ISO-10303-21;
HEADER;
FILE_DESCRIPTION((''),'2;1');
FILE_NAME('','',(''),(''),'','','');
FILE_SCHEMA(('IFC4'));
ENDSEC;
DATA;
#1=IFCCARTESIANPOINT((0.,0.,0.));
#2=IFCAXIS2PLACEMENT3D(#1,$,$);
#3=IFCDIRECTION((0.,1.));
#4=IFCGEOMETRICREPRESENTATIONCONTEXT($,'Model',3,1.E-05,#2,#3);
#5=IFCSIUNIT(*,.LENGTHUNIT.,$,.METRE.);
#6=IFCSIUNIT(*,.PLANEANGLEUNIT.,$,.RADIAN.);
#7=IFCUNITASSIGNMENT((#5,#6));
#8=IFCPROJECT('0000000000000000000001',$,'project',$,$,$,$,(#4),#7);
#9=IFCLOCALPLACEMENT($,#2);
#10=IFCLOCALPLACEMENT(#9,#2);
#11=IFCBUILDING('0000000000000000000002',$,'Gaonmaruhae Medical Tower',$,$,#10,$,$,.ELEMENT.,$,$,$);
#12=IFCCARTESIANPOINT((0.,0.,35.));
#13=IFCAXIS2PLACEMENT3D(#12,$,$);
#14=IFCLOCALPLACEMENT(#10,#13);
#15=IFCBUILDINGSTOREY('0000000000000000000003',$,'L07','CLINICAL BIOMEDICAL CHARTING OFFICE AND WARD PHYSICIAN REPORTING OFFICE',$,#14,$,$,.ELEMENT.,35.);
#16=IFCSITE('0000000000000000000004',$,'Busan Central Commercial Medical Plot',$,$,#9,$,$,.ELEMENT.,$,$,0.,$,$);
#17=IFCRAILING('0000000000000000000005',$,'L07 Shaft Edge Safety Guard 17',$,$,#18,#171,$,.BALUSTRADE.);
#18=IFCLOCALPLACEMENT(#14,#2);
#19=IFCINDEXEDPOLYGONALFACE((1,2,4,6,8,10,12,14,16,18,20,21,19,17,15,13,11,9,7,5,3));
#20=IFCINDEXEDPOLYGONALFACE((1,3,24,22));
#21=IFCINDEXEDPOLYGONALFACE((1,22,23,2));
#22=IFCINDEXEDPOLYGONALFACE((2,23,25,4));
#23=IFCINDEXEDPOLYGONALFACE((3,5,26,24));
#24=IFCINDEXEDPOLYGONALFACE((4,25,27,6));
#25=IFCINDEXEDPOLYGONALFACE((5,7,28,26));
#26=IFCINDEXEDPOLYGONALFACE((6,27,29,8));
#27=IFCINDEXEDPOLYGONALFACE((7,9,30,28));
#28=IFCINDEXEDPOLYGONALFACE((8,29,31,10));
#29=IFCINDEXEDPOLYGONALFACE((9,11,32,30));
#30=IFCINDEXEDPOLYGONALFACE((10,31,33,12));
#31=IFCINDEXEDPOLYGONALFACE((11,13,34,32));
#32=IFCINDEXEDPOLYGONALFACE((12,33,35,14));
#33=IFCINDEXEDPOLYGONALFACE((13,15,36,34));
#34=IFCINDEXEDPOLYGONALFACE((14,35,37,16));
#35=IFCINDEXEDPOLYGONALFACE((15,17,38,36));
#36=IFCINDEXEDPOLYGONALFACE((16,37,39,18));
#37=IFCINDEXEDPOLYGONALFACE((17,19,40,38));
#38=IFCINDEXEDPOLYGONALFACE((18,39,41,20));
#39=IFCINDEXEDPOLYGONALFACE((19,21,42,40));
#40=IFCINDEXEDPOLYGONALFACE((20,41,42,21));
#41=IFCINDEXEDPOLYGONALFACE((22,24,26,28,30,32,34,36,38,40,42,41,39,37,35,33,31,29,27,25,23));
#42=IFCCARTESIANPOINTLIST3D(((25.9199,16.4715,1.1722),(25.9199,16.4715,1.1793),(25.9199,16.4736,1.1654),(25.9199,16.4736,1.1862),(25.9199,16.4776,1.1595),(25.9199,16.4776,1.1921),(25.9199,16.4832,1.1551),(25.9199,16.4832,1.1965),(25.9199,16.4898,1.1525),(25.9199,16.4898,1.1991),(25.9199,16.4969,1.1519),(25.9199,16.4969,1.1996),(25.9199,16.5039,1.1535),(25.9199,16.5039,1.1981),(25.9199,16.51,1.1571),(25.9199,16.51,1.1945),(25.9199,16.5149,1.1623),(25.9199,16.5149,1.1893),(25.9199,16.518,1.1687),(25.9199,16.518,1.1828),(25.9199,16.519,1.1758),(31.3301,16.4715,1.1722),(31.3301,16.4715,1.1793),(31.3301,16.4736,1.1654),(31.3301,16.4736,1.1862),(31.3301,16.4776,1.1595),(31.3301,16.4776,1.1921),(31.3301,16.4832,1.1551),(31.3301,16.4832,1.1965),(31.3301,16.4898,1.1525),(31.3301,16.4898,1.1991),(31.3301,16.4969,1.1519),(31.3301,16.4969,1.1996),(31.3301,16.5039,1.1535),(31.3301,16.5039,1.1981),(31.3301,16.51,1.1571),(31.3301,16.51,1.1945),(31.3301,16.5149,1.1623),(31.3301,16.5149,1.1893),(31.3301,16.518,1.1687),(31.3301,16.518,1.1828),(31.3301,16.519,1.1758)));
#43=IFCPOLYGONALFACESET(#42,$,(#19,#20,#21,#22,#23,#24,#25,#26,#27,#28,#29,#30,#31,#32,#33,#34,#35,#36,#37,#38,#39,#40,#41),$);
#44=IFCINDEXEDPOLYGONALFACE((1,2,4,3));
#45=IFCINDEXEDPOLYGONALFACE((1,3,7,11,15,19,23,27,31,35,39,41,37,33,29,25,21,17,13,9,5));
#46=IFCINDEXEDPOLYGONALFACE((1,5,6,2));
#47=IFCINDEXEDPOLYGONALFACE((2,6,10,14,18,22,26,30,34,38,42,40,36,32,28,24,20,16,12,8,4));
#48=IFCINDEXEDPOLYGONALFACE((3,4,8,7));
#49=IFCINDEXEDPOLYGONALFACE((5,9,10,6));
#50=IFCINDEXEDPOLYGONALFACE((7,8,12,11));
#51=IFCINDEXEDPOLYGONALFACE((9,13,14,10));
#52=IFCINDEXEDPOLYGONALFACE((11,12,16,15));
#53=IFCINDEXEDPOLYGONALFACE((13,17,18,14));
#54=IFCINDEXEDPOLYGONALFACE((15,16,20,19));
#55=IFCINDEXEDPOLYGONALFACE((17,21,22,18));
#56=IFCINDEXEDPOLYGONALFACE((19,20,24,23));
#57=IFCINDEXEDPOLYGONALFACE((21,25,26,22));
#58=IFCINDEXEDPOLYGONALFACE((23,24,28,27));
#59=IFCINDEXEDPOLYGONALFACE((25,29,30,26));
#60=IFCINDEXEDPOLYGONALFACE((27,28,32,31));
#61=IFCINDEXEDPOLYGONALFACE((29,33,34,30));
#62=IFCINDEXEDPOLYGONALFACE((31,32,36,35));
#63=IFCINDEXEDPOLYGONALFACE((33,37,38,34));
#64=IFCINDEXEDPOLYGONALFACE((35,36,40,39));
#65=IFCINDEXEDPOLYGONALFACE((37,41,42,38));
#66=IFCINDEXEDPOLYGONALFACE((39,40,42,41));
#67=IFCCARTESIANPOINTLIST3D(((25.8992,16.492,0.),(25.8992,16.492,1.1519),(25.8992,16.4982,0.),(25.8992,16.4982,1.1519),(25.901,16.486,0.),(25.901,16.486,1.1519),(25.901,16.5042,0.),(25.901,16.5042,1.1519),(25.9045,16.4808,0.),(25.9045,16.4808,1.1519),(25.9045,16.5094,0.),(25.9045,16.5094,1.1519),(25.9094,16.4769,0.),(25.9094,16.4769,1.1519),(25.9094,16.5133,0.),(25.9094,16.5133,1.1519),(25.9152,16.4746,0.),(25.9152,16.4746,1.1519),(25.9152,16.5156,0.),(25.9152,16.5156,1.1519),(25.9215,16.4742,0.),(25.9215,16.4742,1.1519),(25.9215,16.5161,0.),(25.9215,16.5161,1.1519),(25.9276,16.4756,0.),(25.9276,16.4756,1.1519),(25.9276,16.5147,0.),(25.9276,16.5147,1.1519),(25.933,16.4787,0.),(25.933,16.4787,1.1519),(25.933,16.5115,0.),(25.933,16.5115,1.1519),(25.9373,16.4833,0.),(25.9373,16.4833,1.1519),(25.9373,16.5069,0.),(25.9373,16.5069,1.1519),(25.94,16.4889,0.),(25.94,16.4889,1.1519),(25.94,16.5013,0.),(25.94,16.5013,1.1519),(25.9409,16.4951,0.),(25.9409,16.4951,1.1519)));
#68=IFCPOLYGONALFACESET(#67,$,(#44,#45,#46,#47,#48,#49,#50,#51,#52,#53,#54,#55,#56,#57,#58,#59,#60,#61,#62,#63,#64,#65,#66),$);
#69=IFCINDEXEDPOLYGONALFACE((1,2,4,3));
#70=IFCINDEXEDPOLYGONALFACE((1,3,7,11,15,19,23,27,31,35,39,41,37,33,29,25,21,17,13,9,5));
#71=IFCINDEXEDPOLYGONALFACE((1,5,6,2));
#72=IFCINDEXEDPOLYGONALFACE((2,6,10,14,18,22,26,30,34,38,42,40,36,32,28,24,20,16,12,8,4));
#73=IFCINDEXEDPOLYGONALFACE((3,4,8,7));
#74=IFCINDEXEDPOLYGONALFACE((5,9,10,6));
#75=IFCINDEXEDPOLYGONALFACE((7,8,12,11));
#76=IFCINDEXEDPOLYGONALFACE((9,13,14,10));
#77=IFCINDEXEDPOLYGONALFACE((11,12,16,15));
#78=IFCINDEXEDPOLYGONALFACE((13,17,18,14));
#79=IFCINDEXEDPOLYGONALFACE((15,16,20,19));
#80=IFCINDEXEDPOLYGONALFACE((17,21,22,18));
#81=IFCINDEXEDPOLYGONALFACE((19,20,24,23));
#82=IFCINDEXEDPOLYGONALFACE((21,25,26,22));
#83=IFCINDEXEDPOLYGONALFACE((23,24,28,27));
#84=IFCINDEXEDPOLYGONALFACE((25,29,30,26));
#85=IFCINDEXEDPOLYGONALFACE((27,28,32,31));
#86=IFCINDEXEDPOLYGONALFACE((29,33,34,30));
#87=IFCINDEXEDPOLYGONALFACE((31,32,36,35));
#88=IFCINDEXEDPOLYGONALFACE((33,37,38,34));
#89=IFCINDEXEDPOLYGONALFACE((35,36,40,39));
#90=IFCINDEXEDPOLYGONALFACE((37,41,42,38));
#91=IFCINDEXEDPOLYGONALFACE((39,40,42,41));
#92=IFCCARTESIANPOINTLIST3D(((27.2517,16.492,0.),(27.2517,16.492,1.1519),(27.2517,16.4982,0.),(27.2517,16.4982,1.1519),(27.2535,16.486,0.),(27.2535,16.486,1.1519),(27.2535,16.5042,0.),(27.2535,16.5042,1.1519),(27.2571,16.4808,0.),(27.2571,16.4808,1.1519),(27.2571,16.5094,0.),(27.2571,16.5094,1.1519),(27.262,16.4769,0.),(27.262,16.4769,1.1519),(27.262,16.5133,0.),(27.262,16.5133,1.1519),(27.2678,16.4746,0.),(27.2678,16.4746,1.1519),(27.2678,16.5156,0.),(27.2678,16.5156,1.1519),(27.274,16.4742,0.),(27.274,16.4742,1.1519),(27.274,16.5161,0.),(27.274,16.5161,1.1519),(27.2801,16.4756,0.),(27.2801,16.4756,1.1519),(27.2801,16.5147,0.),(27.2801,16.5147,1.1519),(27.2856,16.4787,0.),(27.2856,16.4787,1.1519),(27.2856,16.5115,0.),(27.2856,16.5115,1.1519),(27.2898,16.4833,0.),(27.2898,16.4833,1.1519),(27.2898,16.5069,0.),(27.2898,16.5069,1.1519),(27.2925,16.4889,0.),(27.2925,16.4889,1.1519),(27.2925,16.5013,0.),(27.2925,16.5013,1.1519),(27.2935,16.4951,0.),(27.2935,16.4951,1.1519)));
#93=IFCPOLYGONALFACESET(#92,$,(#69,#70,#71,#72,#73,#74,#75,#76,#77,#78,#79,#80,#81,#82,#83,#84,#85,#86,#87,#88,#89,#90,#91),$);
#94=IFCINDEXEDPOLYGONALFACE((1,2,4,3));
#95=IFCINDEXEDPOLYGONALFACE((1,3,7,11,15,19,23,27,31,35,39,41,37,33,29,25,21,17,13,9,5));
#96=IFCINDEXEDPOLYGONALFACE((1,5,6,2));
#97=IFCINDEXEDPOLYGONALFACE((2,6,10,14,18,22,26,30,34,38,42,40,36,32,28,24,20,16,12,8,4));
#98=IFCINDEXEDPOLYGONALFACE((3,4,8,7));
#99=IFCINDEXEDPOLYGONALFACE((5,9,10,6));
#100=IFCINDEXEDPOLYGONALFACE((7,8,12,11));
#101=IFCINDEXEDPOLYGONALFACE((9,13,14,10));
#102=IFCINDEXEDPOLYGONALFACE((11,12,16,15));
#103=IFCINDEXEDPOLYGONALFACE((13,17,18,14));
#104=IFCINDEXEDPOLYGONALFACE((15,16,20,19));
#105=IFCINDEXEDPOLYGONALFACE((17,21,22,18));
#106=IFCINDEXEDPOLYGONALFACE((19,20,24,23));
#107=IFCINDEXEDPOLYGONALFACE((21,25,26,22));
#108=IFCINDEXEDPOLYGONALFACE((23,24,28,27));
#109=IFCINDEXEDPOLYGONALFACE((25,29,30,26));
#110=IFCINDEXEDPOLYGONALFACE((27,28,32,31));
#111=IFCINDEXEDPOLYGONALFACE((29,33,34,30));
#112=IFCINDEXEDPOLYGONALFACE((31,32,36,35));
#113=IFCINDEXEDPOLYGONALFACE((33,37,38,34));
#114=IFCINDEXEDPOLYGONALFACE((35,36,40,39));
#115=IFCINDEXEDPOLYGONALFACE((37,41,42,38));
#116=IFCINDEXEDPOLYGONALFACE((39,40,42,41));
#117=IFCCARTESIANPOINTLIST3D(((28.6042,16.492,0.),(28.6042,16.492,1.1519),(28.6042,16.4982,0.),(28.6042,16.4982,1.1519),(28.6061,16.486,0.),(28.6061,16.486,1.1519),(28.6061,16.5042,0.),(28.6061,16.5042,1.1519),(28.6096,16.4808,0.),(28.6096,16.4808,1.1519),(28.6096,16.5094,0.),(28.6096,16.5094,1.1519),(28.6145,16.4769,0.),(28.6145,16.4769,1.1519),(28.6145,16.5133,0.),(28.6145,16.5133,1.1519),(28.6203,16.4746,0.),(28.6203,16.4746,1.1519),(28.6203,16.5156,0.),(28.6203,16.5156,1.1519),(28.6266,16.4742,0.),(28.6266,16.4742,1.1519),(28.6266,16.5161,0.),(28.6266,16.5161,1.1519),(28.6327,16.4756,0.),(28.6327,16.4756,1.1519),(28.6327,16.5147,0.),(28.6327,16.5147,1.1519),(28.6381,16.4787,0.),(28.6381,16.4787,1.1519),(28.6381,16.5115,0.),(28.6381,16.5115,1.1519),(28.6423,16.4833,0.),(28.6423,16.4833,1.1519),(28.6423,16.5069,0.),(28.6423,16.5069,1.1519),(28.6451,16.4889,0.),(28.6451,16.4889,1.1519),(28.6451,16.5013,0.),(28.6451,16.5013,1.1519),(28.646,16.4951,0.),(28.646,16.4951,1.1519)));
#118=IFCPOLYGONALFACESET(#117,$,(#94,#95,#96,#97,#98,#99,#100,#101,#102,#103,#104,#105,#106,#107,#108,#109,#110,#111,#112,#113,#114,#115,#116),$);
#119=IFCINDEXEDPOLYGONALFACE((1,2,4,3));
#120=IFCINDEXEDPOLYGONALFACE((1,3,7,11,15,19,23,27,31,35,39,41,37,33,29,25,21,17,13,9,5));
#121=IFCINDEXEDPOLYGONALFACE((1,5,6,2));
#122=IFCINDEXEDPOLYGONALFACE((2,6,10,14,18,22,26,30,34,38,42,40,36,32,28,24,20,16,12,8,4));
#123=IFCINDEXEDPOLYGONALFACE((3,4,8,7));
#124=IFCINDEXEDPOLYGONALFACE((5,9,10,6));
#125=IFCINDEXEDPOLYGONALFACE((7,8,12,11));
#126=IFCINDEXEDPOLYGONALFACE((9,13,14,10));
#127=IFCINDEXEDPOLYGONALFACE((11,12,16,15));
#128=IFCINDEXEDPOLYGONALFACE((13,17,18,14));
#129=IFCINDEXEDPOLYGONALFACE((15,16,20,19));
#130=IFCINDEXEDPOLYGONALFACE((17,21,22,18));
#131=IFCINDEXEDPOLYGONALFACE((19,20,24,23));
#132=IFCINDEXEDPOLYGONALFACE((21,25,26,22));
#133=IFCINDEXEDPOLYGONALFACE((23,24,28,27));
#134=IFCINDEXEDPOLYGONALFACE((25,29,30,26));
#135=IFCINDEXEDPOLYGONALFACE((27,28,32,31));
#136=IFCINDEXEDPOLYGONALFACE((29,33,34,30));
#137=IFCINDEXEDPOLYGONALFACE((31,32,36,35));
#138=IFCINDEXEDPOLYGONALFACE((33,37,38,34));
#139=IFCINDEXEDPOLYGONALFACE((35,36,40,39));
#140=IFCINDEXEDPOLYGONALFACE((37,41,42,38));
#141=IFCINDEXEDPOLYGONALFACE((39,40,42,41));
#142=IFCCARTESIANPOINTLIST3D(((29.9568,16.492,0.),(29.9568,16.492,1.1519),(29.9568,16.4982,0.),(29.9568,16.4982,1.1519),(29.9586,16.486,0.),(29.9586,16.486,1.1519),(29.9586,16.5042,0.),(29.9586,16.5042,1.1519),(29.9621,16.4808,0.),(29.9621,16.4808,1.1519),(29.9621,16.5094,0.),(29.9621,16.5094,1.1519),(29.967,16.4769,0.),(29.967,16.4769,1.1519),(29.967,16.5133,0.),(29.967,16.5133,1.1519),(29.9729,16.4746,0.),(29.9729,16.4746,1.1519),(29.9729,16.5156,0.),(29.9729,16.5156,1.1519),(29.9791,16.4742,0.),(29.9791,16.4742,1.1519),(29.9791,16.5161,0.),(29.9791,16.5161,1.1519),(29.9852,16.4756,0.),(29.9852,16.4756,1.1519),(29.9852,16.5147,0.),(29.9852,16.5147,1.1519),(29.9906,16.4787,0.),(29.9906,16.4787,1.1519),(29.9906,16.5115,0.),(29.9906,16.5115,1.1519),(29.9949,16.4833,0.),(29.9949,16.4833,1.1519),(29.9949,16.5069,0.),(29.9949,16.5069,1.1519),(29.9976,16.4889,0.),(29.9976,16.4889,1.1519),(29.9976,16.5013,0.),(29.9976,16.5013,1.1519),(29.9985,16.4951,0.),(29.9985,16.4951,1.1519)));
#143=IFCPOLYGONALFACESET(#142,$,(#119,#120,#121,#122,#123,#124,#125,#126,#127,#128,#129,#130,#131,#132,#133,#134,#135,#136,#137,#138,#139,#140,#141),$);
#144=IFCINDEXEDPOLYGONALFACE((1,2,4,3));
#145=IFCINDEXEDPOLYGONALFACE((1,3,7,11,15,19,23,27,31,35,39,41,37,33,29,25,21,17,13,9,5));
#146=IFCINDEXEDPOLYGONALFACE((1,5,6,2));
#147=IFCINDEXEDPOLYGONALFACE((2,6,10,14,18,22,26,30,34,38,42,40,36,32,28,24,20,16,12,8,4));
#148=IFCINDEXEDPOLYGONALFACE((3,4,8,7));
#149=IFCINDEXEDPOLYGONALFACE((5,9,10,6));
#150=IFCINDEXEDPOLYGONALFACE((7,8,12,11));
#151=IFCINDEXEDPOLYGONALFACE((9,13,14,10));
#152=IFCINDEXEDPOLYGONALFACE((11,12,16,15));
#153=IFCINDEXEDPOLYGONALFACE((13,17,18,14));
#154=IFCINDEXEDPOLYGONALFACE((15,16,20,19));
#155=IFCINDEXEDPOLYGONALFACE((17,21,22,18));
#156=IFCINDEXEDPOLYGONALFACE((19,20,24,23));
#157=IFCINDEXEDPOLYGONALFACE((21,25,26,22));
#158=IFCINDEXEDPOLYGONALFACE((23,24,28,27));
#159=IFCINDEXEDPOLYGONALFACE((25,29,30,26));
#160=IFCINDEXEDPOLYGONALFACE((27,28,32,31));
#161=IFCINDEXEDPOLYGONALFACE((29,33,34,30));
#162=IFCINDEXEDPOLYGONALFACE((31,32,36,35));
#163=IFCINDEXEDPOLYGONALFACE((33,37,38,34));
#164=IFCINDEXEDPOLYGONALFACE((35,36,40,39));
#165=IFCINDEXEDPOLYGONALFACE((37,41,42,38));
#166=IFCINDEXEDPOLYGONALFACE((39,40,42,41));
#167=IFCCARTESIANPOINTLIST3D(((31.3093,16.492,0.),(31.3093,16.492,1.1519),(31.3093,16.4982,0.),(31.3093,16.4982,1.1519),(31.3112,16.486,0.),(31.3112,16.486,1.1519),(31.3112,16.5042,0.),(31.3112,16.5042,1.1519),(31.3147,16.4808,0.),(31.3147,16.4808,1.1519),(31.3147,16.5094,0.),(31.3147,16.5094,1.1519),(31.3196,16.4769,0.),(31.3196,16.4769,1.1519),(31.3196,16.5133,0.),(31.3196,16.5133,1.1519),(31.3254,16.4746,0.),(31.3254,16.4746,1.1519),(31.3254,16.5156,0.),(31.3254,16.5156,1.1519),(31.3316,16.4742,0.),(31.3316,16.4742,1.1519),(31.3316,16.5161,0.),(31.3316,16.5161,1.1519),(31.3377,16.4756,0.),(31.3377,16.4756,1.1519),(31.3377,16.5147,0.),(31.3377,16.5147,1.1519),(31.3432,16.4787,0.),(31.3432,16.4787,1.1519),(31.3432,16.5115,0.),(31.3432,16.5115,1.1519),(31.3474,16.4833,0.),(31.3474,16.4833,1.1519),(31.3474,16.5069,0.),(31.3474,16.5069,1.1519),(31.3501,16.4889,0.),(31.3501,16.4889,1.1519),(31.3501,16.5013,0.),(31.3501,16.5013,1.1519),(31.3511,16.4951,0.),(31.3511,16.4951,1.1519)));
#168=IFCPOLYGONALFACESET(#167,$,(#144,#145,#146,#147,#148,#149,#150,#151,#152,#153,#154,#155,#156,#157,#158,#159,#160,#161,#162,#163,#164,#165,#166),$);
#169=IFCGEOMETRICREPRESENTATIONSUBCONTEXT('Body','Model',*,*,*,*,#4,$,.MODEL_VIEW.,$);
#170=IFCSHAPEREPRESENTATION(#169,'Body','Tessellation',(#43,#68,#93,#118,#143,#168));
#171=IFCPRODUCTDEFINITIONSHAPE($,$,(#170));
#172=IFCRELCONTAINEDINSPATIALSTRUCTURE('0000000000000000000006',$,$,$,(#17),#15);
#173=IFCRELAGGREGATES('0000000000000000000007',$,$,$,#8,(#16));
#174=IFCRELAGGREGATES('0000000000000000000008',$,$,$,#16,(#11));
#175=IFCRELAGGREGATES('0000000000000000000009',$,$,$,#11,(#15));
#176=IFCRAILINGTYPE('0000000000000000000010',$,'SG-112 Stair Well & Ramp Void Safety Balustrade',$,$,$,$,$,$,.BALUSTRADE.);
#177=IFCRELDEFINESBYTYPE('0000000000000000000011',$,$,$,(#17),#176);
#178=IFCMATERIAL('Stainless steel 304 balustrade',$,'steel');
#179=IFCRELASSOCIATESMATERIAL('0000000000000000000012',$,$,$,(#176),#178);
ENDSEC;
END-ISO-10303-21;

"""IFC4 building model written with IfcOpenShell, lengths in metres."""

from ifc_helpers import new_model, si_unit, direction, frame, origin, origin_2d, place, context, subcontext, project, spatial, circle, extrude, material, type_object, element, save


model = new_model("IFC4")

# Units and contexts
model_context = context("Model", 3, precision=1e-05, world=origin(), true_north=direction((0.0, 1.0)))
body_context = subcontext(model_context, "Body", "Model", "MODEL_VIEW")
ifc_project = project(units=[si_unit("LENGTHUNIT", "METRE"), si_unit("PLANEANGLEUNIT", "RADIAN")], contexts=[model_context])

# Site, building, storey
site_placement = place(None, origin())
site = spatial("IfcSite", under=ifc_project, at=site_placement, Name="Busan Central Commercial Medical Plot", CompositionType="ELEMENT", RefElevation=0.0)
building_placement = place(site_placement, origin())
building = spatial("IfcBuilding", under=site, at=building_placement, Name="Gaonmaruhae Medical Tower", CompositionType="ELEMENT")
storey_placement = place(building_placement, frame((0.0, 0.0, 35.0)))
storey = spatial("IfcBuildingStorey", under=building, at=storey_placement, Name="L07", Description="CLINICAL BIOMEDICAL CHARTING OFFICE AND WARD PHYSICIAN REPORTING OFFICE", CompositionType="ELEMENT", Elevation=35.0)

# Railing
ifc_material_1 = material(Name="Stainless steel 304 balustrade", Category="steel")
railing_type = type_object("IfcRailingType", Name="SG-112 Stair Well & Ramp Void Safety Balustrade", PredefinedType="BALUSTRADE", material=ifc_material_1)
railing_1_placement = place(storey_placement, frame((25.9199, 16.4951, 0.0)))
element("IfcRailing", 1, at=railing_1_placement, inside=storey, type_object=railing_type, Name="L07 Shaft Edge Safety Guard 17", PredefinedType="BALUSTRADE", context=body_context, shape_type="SweptSolid", body=[
    extrude(circle(Radius=0.0239, at=origin_2d()), frame((0.0, 0.0, 1.1758), z_axis=(1.0, 0.0, 0.0), x_axis=(0.0, 1.0, 0.0)), (0.0, 0.0, 1.0), 5.4102),
    extrude(circle(Radius=0.021, at=origin_2d()), origin(), (0.0, 0.0, 1.0), 1.1519),
    extrude(circle(Radius=0.021, at=origin_2d()), frame((1.3525, 0.0, 0.0)), (0.0, 0.0, 1.0), 1.1519),
    extrude(circle(Radius=0.021, at=origin_2d()), frame((2.7051, 0.0, 0.0)), (0.0, 0.0, 1.0), 1.1519),
    extrude(circle(Radius=0.021, at=origin_2d()), frame((4.0576, 0.0, 0.0)), (0.0, 0.0, 1.0), 1.1519),
    extrude(circle(Radius=0.021, at=origin_2d()), frame((5.4102, 0.0, 0.0)), (0.0, 0.0, 1.0), 1.1519),
])

save(model, "model.ifc")
